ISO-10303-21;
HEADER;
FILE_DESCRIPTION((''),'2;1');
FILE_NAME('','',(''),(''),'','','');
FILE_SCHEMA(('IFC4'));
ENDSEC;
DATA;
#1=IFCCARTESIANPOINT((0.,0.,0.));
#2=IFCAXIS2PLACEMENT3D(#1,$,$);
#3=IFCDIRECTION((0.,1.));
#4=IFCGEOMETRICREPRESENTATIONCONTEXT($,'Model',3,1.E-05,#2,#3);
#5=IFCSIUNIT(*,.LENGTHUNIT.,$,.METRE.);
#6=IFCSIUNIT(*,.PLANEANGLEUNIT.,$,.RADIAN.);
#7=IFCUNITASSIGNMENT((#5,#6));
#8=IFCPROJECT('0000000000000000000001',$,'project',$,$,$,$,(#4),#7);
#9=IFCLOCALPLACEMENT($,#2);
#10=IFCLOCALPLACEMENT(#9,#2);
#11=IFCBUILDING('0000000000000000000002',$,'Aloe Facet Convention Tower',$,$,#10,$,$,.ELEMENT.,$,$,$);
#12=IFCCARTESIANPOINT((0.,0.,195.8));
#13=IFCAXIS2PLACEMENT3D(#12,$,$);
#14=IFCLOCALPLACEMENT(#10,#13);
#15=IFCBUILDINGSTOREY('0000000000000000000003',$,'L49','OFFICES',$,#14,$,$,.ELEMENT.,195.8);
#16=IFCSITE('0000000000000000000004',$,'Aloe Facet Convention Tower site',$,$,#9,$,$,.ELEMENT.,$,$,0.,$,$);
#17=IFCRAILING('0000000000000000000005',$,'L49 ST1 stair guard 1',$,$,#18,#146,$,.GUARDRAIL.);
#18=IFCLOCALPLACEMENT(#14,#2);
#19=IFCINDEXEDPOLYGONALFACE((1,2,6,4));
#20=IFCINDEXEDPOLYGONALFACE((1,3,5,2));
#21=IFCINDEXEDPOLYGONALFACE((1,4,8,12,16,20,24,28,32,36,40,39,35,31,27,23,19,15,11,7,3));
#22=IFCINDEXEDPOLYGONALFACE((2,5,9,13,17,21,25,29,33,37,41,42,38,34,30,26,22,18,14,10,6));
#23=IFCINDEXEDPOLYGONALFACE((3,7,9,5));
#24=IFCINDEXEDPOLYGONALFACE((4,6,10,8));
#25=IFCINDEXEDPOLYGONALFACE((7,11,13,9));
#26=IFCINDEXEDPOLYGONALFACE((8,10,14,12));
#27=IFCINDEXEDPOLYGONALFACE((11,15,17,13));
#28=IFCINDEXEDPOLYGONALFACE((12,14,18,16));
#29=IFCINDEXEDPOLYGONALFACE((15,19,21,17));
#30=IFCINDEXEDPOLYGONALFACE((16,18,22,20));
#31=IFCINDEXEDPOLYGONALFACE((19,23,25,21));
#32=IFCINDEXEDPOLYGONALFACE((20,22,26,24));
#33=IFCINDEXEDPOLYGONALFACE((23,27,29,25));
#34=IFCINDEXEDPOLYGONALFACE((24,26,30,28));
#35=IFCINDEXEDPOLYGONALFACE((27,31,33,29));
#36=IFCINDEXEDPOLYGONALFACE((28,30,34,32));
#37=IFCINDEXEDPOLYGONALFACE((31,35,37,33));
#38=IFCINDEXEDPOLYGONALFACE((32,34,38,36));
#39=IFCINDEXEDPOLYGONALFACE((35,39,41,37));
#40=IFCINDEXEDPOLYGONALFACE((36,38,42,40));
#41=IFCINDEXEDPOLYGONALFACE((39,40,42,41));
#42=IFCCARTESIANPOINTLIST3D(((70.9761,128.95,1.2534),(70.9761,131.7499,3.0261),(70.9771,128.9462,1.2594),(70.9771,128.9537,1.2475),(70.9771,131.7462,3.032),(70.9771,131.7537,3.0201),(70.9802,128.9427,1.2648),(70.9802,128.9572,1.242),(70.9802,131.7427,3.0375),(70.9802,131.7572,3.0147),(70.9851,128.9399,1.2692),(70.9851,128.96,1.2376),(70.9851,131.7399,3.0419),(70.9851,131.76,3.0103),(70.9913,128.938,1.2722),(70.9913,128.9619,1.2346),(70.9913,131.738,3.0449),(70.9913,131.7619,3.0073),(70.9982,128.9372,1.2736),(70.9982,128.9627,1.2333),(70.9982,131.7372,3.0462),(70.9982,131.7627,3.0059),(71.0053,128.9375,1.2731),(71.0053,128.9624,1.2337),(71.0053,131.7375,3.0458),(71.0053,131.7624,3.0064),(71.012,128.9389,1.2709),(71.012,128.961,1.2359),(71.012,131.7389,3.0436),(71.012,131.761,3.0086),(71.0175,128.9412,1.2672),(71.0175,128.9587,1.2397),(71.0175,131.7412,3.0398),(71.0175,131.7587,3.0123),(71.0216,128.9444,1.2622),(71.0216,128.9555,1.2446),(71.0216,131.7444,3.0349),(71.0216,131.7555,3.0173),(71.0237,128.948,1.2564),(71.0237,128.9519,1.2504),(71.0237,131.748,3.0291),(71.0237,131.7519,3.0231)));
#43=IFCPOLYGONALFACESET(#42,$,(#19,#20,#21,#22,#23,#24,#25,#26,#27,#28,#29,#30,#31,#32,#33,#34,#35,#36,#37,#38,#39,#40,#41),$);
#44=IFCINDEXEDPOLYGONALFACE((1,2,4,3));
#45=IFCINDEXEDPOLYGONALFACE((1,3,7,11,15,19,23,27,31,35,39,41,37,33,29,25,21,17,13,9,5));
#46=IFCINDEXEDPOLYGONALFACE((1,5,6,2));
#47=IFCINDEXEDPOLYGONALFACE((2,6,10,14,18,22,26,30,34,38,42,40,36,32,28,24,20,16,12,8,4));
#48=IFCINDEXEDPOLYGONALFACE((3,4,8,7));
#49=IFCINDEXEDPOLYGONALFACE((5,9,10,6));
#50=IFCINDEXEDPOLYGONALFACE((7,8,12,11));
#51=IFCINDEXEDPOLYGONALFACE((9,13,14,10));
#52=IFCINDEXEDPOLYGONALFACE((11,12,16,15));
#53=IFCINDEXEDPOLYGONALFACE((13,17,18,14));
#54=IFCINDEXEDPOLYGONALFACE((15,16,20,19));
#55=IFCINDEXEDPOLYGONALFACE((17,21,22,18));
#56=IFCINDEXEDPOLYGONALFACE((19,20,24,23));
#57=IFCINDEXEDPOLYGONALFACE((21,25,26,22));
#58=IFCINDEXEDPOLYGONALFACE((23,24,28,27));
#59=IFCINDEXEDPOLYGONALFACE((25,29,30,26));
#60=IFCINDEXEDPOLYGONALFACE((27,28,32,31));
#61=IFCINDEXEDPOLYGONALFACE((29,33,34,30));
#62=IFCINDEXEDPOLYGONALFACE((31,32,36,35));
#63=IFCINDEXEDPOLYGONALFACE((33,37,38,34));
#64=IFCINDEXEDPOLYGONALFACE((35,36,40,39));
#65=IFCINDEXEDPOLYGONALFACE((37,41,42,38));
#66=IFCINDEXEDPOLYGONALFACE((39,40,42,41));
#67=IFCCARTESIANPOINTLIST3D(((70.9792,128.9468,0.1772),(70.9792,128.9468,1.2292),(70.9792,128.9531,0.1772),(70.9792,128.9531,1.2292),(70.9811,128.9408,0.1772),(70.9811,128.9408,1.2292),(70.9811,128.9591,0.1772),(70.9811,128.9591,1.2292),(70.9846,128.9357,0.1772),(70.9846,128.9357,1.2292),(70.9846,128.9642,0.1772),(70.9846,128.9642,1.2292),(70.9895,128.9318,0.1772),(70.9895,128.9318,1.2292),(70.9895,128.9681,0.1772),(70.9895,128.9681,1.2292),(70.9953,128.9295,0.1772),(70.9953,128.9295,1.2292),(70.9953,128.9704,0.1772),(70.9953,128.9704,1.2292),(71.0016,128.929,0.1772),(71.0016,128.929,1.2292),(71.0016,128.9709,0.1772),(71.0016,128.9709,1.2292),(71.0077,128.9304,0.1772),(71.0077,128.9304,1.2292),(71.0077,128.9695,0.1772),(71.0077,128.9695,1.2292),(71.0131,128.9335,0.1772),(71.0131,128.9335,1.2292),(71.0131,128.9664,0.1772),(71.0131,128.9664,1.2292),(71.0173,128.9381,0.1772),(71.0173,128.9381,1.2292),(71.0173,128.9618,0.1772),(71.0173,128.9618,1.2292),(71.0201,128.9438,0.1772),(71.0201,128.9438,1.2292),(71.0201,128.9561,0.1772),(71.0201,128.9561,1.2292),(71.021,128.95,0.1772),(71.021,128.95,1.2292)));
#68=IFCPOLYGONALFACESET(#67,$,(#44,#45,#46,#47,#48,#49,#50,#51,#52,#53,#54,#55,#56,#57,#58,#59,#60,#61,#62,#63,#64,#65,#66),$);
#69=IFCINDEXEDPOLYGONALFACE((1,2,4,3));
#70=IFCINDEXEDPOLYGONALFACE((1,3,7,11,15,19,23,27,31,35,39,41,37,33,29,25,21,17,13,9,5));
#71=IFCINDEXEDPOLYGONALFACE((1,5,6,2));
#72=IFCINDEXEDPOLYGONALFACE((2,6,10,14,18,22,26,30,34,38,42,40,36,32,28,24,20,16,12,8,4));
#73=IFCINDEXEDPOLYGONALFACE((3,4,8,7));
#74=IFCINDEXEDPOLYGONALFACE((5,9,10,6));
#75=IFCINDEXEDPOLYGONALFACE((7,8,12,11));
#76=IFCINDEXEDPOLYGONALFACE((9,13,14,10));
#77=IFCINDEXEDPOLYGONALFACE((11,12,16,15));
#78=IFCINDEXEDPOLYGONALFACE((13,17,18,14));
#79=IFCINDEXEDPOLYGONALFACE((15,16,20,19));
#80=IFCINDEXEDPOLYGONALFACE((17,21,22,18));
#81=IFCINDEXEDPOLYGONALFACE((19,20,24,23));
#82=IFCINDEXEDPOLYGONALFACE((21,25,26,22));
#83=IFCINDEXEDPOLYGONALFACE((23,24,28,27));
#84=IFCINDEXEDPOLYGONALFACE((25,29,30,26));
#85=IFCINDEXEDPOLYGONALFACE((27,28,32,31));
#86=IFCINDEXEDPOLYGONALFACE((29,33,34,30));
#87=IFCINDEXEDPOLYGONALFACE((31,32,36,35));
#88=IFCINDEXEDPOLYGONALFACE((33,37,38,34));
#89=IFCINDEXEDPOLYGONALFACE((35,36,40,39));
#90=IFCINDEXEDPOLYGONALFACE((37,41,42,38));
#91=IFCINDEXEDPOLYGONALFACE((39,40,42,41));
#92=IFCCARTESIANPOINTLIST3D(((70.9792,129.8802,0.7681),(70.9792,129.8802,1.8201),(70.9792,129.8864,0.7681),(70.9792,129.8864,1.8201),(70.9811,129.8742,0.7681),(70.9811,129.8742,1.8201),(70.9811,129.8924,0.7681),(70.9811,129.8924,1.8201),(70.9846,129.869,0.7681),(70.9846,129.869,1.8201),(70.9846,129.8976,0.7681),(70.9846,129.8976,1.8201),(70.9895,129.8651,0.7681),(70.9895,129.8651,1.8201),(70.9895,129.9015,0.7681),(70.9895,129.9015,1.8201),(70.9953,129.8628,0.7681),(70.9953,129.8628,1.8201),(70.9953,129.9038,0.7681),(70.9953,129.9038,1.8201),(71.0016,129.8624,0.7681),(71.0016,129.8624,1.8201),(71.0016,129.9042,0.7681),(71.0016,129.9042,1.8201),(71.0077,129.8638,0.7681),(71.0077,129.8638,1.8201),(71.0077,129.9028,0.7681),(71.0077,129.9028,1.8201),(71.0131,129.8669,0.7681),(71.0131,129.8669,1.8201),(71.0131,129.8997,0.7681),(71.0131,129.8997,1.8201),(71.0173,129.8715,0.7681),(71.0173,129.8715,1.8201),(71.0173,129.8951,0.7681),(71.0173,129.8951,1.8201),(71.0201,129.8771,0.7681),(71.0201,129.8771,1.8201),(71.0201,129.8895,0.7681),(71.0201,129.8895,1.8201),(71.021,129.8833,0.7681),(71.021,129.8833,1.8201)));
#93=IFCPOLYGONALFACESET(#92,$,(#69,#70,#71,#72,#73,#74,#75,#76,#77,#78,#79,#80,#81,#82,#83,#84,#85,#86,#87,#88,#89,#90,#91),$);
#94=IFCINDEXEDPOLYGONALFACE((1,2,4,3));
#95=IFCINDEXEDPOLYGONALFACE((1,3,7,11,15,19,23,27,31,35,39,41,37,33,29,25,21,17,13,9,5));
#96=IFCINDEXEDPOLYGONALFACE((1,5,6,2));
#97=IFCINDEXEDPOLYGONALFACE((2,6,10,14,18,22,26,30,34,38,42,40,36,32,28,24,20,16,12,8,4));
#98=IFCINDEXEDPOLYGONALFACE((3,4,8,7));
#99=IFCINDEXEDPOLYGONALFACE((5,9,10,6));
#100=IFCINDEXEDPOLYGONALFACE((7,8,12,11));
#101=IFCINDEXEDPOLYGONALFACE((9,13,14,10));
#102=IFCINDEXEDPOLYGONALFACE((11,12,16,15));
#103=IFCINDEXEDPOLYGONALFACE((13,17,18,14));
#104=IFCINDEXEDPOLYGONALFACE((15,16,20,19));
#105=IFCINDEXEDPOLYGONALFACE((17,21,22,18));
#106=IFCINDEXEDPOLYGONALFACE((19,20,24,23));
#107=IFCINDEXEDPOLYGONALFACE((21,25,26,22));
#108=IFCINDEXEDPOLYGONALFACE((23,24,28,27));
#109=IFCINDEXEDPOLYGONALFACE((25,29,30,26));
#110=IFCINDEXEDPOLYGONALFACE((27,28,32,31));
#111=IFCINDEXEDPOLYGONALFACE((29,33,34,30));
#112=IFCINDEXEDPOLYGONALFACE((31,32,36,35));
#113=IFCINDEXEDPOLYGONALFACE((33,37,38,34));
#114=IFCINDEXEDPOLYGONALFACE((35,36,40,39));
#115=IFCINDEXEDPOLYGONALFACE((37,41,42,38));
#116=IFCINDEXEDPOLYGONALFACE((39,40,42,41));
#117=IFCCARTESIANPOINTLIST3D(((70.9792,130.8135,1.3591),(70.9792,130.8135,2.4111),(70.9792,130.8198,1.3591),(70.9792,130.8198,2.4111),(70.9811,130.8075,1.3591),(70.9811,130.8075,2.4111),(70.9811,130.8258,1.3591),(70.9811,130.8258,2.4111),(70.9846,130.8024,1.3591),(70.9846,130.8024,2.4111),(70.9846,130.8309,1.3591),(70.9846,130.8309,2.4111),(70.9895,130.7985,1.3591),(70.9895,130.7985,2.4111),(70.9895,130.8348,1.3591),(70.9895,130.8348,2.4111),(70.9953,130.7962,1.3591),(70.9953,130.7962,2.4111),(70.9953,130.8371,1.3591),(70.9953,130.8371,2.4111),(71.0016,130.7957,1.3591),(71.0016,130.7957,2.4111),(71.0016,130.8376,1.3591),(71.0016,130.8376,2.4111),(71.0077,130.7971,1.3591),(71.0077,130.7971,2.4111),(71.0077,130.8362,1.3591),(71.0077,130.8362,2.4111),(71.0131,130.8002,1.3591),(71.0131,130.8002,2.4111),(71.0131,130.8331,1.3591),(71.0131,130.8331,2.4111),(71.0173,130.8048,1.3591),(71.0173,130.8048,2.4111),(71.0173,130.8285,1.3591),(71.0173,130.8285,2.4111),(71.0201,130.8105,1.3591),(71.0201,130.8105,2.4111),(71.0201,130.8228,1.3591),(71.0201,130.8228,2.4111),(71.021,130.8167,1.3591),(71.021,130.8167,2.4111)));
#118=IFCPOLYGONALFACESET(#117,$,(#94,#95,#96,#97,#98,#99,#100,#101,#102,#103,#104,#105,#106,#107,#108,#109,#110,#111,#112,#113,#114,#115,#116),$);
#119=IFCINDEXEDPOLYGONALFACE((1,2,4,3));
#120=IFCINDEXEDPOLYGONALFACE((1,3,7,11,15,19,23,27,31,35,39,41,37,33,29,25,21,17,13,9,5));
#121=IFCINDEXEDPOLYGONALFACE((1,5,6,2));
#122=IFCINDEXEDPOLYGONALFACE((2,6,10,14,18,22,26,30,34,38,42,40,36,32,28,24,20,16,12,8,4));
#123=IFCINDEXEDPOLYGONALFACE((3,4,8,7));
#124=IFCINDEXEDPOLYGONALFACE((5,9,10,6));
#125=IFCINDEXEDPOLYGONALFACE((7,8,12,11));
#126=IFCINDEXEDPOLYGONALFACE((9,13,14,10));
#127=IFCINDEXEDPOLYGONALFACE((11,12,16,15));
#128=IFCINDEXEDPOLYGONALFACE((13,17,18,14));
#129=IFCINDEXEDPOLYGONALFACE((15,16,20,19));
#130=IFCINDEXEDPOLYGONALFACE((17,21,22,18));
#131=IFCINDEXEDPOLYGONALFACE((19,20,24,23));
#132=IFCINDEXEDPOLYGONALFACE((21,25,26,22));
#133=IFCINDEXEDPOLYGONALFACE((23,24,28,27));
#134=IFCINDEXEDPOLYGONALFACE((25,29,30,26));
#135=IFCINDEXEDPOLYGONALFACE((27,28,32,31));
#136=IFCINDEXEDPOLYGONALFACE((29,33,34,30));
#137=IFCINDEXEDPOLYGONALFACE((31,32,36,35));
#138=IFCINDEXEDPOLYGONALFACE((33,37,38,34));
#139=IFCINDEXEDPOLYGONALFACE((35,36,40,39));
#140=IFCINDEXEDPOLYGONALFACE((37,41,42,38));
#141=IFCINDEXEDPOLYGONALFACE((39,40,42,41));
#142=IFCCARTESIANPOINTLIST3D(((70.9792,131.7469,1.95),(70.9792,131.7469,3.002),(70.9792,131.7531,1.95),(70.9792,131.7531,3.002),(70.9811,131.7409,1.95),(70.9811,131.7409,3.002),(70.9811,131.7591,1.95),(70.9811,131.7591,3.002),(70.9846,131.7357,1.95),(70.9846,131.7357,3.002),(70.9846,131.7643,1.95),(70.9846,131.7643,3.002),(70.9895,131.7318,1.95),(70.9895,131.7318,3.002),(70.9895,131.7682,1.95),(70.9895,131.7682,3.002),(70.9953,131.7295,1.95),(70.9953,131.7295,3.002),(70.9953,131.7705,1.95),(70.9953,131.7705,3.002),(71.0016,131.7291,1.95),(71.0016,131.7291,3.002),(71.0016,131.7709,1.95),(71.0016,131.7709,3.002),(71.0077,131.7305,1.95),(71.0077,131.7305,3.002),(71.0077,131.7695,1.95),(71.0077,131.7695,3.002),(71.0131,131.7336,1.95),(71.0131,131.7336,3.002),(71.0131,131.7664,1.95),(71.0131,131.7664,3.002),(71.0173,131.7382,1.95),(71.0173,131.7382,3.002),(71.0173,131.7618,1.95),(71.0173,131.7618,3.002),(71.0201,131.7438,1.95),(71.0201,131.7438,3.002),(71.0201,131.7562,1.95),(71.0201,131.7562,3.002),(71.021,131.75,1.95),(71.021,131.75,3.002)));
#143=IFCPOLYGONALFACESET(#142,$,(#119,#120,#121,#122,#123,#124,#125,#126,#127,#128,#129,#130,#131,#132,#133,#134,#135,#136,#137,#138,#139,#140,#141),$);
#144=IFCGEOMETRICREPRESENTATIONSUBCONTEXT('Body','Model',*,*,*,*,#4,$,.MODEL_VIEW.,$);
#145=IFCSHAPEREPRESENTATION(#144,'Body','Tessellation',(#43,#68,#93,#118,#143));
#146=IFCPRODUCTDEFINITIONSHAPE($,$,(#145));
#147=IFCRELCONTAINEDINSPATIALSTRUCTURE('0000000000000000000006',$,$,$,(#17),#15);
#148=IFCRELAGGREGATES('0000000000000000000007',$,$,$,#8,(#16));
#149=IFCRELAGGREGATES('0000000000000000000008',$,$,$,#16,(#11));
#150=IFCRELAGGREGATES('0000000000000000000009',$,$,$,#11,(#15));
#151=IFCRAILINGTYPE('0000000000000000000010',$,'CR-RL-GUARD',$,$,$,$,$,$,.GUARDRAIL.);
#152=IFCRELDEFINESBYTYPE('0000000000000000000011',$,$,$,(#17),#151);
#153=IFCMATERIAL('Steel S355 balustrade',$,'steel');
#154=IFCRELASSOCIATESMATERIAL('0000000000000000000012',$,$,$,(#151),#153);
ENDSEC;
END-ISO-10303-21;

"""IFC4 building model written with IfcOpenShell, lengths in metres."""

from ifc_helpers import new_model, si_unit, direction, frame, origin, origin_2d, place, context, subcontext, project, spatial, circle, extrude, material, type_object, element, save


model = new_model("IFC4")

# Units and contexts
model_context = context("Model", 3, precision=1e-05, world=origin(), true_north=direction((0.0, 1.0)))
body_context = subcontext(model_context, "Body", "Model", "MODEL_VIEW")
ifc_project = project(units=[si_unit("LENGTHUNIT", "METRE"), si_unit("PLANEANGLEUNIT", "RADIAN")], contexts=[model_context])

# Site, building, storey
site_placement = place(None, origin())
site = spatial("IfcSite", under=ifc_project, at=site_placement, Name="Aloe Facet Convention Tower site", CompositionType="ELEMENT", RefElevation=0.0)
building_placement = place(site_placement, origin())
building = spatial("IfcBuilding", under=site, at=building_placement, Name="Aloe Facet Convention Tower", CompositionType="ELEMENT")
storey_placement = place(building_placement, frame((0.0, 0.0, 195.8)))
storey = spatial("IfcBuildingStorey", under=building, at=storey_placement, Name="L49", Description="OFFICES", CompositionType="ELEMENT", Elevation=195.8)

# Railing
ifc_material_1 = material(Name="Steel S355 balustrade", Category="steel")
railing_type_1 = type_object("IfcRailingType", Name="CR-RL-GUARD", PredefinedType="GUARDRAIL", material=ifc_material_1)
railing_1_placement = place(storey_placement, frame((71.0, 128.95, 0.1772)))
element("IfcRailing", 1, at=railing_1_placement, inside=storey, type_object=railing_type_1, Name="L49 ST1 stair guard 1", PredefinedType="GUARDRAIL", context=body_context, shape_type="SweptSolid", body=[
    extrude(circle(Radius=0.0239, at=origin_2d()), frame((0.0, 0.0, 1.0762), z_axis=(0.0, 0.844909, 0.53491), x_axis=(-1.0, 0.0, 0.0)), (0.0, 0.0, 1.0), 3.314),
    extrude(circle(Radius=0.021, at=origin_2d()), origin(), (0.0, 0.0, 1.0), 1.052),
    extrude(circle(Radius=0.021, at=origin_2d()), frame((0.0, 0.9333, 0.5908)), (0.0, 0.0, 1.0), 1.052),
    extrude(circle(Radius=0.021, at=origin_2d()), frame((0.0, 1.8667, 1.1819)), (0.0, 0.0, 1.0), 1.052),
    extrude(circle(Radius=0.021, at=origin_2d()), frame((0.0, 2.8, 1.7727)), (0.0, 0.0, 1.0), 1.052),
])

save(model, "model.ifc")
